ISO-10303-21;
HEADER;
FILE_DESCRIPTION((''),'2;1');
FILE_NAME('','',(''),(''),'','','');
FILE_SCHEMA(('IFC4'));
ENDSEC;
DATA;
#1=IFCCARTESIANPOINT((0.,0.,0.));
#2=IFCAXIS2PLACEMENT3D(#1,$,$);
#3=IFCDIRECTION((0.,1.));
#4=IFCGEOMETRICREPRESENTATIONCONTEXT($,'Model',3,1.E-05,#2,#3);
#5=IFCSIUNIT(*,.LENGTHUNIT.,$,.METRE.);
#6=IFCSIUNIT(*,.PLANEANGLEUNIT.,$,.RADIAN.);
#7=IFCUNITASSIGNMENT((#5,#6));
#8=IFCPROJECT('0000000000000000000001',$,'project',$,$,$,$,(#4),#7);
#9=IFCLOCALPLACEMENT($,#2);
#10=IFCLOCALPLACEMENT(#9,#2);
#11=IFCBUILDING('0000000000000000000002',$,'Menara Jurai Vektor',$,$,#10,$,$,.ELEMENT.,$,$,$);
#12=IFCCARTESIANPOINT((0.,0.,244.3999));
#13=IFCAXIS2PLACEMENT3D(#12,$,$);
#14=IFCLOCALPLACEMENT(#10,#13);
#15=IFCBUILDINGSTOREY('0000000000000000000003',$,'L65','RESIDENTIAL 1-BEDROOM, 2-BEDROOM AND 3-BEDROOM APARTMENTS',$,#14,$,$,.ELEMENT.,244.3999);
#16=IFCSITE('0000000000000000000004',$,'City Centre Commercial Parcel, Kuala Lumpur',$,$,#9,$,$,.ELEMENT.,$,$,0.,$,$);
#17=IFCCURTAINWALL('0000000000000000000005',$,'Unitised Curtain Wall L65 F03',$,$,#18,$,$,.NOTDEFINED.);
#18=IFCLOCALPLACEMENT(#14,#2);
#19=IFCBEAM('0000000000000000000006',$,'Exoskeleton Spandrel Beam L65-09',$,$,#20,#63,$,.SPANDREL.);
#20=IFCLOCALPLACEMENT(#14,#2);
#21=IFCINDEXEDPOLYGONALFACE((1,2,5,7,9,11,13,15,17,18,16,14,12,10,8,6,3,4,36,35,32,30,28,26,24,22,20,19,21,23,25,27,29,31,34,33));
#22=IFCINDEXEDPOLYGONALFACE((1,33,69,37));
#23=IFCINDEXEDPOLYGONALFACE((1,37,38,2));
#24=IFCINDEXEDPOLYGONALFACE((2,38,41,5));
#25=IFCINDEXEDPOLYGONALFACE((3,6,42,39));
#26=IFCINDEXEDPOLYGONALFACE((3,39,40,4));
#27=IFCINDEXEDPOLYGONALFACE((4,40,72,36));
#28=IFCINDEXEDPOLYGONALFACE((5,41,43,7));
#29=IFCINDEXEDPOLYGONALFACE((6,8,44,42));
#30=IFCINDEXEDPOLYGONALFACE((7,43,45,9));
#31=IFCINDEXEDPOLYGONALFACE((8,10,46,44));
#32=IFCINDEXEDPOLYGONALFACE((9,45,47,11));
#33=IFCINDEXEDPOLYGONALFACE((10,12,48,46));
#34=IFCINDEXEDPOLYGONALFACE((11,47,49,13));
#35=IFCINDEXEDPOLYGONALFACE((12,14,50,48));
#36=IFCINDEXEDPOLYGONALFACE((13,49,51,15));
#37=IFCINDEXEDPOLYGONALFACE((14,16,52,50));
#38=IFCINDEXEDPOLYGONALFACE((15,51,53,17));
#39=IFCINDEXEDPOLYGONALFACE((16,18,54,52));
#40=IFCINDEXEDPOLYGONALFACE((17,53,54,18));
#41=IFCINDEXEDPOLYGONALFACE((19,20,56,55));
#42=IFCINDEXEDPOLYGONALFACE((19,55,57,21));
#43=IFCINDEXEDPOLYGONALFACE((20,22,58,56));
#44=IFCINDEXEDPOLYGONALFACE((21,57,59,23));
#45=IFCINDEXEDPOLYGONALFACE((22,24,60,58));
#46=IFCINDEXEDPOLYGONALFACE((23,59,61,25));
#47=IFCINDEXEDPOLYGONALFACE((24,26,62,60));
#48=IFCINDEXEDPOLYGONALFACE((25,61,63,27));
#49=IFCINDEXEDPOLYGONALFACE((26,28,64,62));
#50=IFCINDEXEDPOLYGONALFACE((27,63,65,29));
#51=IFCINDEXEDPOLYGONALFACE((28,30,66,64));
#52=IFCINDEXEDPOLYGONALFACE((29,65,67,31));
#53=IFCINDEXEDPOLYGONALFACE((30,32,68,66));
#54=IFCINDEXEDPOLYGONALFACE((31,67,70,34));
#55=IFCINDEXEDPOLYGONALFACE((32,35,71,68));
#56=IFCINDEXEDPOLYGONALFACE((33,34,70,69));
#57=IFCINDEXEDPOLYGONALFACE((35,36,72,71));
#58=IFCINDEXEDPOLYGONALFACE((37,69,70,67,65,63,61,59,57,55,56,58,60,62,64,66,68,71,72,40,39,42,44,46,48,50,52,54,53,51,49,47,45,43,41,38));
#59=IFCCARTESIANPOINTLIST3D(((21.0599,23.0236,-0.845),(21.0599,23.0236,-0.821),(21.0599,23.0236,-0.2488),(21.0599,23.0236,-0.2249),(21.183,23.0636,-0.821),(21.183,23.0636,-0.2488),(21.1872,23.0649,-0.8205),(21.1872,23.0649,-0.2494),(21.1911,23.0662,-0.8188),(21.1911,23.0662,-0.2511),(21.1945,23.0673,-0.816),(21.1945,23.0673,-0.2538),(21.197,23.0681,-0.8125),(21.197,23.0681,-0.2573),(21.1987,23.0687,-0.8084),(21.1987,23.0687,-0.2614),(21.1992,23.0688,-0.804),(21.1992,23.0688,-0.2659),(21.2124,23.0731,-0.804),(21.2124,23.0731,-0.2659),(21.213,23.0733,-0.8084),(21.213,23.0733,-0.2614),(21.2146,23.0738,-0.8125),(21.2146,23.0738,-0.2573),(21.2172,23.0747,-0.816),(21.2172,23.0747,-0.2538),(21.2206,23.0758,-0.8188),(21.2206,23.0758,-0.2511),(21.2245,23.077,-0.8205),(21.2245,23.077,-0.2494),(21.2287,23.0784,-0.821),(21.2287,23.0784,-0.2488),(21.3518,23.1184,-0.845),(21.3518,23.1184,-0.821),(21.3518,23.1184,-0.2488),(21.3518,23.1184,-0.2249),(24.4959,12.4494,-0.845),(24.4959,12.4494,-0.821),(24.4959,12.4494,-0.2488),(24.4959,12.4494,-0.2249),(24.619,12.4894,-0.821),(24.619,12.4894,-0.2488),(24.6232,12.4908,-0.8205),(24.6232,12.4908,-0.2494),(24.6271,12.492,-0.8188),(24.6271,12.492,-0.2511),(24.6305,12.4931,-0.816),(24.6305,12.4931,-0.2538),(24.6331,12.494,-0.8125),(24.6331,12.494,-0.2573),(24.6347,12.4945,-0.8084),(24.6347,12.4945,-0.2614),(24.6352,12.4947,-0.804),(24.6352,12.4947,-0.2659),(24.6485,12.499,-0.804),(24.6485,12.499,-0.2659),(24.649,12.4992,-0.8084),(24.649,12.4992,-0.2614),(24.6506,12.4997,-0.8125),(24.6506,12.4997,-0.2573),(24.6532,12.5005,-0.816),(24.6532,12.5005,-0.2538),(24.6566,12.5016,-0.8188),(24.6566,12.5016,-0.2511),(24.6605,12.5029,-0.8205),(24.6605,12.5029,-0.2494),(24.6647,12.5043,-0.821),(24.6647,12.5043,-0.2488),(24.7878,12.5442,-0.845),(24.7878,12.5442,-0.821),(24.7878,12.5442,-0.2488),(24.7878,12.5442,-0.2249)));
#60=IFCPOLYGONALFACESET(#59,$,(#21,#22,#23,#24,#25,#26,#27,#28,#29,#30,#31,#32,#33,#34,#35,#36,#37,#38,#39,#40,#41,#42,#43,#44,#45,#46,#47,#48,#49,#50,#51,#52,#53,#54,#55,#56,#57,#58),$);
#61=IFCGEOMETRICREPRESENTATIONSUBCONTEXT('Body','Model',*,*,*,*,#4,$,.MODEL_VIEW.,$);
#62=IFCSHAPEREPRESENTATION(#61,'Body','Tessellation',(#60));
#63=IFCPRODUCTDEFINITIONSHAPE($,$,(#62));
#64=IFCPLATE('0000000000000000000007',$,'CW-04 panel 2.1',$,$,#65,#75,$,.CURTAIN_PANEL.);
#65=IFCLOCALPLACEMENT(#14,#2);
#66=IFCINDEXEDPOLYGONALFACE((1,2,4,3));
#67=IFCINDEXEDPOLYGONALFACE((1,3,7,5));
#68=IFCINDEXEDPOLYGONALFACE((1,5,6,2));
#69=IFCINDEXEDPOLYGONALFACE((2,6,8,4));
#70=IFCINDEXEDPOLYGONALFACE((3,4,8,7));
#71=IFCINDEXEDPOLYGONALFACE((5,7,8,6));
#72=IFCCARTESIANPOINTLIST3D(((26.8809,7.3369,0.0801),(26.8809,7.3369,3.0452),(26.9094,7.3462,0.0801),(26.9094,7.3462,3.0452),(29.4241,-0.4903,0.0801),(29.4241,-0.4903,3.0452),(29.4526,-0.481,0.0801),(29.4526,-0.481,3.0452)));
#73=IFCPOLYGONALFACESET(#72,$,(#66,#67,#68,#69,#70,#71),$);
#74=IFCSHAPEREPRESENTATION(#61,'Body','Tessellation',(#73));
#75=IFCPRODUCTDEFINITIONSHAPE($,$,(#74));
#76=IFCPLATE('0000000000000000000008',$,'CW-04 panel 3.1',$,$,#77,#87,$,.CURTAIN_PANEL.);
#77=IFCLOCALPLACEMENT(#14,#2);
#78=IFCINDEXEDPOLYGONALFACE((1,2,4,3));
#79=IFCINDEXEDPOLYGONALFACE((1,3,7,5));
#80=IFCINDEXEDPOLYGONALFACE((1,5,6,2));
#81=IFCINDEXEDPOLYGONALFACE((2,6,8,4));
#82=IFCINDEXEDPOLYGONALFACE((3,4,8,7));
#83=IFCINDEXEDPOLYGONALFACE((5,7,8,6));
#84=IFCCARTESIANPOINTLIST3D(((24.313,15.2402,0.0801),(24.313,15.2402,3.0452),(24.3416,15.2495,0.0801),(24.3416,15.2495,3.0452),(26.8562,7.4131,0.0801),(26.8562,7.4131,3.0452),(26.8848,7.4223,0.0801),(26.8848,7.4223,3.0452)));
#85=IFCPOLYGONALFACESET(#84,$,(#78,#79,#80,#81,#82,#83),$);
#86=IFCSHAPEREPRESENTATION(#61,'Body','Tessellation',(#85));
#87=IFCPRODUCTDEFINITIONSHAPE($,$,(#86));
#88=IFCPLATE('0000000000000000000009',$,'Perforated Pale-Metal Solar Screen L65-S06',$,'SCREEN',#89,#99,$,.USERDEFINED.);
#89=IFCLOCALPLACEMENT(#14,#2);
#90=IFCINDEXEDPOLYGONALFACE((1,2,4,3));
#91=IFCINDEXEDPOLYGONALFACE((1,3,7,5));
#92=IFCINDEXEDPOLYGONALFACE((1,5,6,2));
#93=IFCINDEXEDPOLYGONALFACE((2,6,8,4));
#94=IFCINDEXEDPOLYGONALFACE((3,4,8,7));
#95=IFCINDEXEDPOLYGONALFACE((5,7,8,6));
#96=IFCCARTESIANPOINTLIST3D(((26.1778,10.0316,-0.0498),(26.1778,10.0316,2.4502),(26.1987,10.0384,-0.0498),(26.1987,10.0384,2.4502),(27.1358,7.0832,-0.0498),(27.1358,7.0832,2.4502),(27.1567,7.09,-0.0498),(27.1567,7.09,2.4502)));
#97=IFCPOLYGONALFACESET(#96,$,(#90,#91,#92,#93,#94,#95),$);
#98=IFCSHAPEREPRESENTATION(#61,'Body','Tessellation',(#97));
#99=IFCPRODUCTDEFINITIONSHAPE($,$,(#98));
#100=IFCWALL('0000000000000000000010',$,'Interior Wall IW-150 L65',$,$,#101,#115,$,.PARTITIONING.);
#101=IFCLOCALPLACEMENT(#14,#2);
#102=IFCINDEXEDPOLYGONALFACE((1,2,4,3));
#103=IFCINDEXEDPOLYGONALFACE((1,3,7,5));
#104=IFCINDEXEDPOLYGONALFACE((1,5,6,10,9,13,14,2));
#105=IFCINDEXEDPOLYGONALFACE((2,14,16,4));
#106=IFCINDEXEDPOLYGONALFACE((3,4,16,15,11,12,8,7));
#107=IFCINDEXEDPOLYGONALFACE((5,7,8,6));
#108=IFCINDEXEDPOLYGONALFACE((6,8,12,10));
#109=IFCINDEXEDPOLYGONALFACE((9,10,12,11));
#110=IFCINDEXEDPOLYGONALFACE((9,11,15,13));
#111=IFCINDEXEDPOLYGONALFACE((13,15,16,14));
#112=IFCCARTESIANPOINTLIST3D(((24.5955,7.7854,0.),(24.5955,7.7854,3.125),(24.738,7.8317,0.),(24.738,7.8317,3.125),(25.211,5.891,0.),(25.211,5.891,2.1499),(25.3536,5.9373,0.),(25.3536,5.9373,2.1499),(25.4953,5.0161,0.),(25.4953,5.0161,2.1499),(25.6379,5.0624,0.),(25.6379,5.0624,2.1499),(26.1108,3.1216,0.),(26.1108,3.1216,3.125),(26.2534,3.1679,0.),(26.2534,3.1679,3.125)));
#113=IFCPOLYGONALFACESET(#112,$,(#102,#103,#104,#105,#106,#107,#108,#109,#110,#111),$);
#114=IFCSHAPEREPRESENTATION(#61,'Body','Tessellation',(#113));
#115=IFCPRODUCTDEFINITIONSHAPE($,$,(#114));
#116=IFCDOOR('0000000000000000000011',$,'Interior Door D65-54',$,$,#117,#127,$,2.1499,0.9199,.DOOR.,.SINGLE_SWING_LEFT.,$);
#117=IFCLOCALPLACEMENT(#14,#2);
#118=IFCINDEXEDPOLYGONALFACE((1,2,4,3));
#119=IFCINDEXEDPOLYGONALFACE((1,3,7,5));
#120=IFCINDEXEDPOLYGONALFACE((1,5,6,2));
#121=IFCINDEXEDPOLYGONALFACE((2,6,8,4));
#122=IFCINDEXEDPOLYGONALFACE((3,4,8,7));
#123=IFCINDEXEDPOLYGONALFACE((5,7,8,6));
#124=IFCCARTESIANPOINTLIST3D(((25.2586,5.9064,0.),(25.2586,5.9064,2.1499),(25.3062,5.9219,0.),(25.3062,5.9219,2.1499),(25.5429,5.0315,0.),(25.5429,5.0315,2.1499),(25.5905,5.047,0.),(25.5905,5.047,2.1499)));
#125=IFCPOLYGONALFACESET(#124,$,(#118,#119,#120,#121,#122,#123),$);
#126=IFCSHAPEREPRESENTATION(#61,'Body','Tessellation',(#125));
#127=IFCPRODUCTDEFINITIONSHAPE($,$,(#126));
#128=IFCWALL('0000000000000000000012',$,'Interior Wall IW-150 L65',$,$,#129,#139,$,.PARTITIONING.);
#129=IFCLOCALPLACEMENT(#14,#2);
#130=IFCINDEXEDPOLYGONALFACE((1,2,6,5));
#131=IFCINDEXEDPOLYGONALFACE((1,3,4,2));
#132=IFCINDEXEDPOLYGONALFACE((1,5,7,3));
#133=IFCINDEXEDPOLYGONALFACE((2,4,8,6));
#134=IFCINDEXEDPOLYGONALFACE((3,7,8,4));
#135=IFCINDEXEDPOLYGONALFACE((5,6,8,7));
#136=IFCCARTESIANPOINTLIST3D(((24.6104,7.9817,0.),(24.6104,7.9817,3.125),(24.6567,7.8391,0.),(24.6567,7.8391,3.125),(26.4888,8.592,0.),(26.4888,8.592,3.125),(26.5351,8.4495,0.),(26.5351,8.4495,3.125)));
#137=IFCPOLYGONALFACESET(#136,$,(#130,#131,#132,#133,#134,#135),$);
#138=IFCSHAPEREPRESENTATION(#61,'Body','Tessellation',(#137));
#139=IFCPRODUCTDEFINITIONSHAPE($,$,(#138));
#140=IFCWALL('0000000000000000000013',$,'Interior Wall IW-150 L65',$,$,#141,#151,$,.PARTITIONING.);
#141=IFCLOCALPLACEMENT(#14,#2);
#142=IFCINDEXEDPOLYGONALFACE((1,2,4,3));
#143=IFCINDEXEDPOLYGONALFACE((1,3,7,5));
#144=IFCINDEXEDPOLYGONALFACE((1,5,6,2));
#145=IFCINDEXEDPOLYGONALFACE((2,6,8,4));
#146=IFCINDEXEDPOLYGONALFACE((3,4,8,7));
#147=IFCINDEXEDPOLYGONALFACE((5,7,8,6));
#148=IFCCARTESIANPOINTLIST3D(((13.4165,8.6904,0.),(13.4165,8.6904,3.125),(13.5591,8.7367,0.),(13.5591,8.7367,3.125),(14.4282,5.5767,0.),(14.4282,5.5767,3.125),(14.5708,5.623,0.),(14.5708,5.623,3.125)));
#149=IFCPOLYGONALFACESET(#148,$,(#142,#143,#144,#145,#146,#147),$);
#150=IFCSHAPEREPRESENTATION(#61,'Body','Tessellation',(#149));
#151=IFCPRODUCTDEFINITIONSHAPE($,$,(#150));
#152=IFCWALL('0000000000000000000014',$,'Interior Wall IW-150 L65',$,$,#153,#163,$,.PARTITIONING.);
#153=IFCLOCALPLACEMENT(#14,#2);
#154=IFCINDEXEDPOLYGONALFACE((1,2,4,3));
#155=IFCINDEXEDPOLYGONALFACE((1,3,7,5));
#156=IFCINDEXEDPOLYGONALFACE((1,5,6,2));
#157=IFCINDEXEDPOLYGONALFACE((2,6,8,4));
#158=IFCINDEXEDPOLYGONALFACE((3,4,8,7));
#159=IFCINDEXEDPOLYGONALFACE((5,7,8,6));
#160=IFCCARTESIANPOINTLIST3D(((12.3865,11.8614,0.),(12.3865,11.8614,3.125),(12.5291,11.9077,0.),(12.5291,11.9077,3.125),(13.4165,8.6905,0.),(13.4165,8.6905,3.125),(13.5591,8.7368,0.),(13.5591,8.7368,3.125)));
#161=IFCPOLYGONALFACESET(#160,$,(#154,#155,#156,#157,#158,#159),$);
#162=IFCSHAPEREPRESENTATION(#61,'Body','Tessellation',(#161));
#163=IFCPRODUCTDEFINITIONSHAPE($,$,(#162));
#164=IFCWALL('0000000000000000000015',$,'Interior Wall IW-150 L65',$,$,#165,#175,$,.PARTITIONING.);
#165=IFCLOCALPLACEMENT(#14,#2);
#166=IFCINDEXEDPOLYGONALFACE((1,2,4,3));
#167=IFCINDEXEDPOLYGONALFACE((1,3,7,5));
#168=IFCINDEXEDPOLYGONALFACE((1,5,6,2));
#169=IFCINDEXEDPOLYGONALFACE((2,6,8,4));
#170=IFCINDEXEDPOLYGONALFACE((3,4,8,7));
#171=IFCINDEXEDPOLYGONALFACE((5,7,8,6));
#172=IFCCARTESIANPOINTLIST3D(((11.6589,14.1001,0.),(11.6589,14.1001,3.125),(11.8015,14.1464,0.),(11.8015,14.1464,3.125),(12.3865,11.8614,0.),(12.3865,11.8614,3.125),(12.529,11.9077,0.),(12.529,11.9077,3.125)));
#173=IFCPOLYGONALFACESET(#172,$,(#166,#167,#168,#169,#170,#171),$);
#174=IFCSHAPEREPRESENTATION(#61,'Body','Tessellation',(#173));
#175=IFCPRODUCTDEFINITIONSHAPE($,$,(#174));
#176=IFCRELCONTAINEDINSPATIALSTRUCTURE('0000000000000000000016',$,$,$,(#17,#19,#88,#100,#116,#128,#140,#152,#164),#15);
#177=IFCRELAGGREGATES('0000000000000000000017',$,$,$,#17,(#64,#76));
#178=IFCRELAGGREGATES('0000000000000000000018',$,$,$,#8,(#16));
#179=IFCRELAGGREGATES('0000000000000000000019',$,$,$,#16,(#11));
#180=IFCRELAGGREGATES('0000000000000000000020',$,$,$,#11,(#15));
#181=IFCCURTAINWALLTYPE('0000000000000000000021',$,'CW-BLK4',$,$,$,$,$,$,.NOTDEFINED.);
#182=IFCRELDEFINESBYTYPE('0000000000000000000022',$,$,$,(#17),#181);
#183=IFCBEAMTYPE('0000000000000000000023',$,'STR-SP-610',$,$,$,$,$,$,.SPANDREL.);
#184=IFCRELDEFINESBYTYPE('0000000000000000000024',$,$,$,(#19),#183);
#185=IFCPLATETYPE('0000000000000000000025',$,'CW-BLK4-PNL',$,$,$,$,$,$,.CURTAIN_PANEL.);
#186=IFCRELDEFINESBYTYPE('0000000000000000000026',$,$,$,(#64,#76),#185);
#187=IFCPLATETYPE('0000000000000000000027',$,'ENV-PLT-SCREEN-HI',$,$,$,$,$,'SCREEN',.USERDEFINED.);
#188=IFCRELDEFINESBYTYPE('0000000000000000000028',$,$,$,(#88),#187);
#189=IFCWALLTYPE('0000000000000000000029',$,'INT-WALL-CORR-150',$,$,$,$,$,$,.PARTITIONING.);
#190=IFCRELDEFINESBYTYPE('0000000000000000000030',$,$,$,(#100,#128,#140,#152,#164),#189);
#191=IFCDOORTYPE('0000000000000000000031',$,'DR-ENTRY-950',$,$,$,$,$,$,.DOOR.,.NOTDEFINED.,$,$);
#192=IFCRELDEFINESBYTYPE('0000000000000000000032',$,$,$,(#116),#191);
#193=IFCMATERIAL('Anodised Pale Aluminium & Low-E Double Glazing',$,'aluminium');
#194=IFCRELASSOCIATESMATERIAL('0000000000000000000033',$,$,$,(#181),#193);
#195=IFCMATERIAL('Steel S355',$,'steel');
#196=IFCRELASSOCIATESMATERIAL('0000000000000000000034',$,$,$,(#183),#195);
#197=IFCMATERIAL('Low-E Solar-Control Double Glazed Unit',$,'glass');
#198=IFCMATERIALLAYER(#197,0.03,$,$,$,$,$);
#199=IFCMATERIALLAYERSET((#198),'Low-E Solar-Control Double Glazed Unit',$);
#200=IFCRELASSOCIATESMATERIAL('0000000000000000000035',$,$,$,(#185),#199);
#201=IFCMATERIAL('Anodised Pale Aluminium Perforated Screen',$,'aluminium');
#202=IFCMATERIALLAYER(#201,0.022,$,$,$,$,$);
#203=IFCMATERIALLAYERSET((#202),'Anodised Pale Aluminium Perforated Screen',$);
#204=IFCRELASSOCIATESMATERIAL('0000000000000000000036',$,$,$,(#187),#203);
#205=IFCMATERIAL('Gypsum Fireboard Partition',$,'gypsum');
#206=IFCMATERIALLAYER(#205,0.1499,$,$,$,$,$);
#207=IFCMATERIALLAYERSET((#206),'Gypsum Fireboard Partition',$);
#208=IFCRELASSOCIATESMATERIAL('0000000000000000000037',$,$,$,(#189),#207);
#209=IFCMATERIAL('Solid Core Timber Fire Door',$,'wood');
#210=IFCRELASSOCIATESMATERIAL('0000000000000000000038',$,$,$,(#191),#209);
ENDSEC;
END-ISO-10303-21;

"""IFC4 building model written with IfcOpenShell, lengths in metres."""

from ifc_helpers import new_model, si_unit, direction, frame, frame_2d, origin, origin_2d, place, context, subcontext, project, spatial, rectangle, i_section, extrude, material, layer, layer_set, material_profile, profile_set, type_object, element, fill, aggregate, save


model = new_model("IFC4")

# Units and contexts
model_context = context("Model", 3, precision=1e-05, world=origin(), true_north=direction((0.0, 1.0)))
body_context = subcontext(model_context, "Body", "Model", "MODEL_VIEW")
ifc_project = project(units=[si_unit("LENGTHUNIT", "METRE"), si_unit("PLANEANGLEUNIT", "RADIAN")], contexts=[model_context])

# Site, building, storey
site_placement = place(None, origin())
site = spatial("IfcSite", under=ifc_project, at=site_placement, Name="City Centre Commercial Parcel, Kuala Lumpur", CompositionType="ELEMENT", RefElevation=0.0)
building_placement = place(site_placement, origin())
building = spatial("IfcBuilding", under=site, at=building_placement, Name="Menara Jurai Vektor", CompositionType="ELEMENT")
storey_placement = place(building_placement, frame((0.0, 0.0, 244.3999)))
storey = spatial("IfcBuildingStorey", under=building, at=storey_placement, Name="L65", Description="RESIDENTIAL 1-BEDROOM, 2-BEDROOM AND 3-BEDROOM APARTMENTS", CompositionType="ELEMENT", Elevation=244.3999)

# Curtain wall
ifc_material_1 = material(Name="Anodised Pale Aluminium & Low-E Double Glazing", Category="aluminium")
curtain_wall_type = type_object("IfcCurtainWallType", Name="CW-BLK4", PredefinedType="NOTDEFINED", material=ifc_material_1)
curtain_wall_placement = place(storey_placement, origin())
curtain_wall = element("IfcCurtainWall", 1, at=curtain_wall_placement, inside=storey, type_object=curtain_wall_type, Name="Unitised Curtain Wall L65 F03", PredefinedType="NOTDEFINED")

# Beam
ifc_material_2 = material(Name="Steel S355", Category="steel")
ifc_material_profile_1 = material_profile(ifc_material_2, i_section(OverallWidth=0.3069, OverallDepth=0.6201, WebThickness=0.0139, FlangeThickness=0.0239, FilletRadius=0.0171, at=origin_2d()), Name="UKB 610x305x179")
ifc_profile_set_1 = profile_set([ifc_material_profile_1], Name="Steel S355")
beam_type_1 = type_object("IfcBeamType", Name="STR-SP-610", PredefinedType="SPANDREL", material=ifc_profile_set_1)
beam_1_placement = place(storey_placement, frame((24.6418, 12.4968, -0.5349), z_axis=(-0.309038, 0.95105, 0.0), x_axis=(-0.95105, -0.309038, 0.0)))
element("IfcBeam", 2, at=beam_1_placement, inside=storey, type_object=beam_type_1, Name="Exoskeleton Spandrel Beam L65-09", PredefinedType="SPANDREL", context=body_context, shape_type="SweptSolid", body=[
    extrude(i_section(OverallWidth=0.3069, OverallDepth=0.6201, WebThickness=0.0139, FlangeThickness=0.0239, FilletRadius=0.0171, at=origin_2d()), origin(), (0.0, 0.0, 1.0), 11.1184),
])

# Plates
ifc_material_3 = material(Name="Low-E Solar-Control Double Glazed Unit", Category="glass")
ifc_layer_1 = layer(ifc_material_3, 0.03)
ifc_layer_set_1 = layer_set([ifc_layer_1], Name="Low-E Solar-Control Double Glazed Unit")
plate_type_1 = type_object("IfcPlateType", Name="CW-BLK4-PNL", PredefinedType="CURTAIN_PANEL", material=ifc_layer_set_1)
plate_1_placement = place(storey_placement, frame((28.1667, 3.428, 0.0801), z_axis=(0.0, 0.0, 1.0), x_axis=(-0.309016, 0.951057, 0.0)))
plate_1 = element("IfcPlate", 3, at=plate_1_placement, type_object=plate_type_1, Name="CW-04 panel 2.1", PredefinedType="CURTAIN_PANEL", context=body_context, shape_type="SweptSolid", body=[
    extrude(rectangle(XDim=8.23, YDim=0.03, at=origin_2d()), origin(), (0.0, 0.0, 1.0), 2.9651),
])
plate_2_placement = place(storey_placement, frame((25.5989, 11.3313, 0.0801), z_axis=(0.0, 0.0, 1.0), x_axis=(-0.309016, 0.951057, 0.0)))
plate_2 = element("IfcPlate", 4, at=plate_2_placement, type_object=plate_type_1, Name="CW-04 panel 3.1", PredefinedType="CURTAIN_PANEL", context=body_context, shape_type="SweptSolid", body=[
    extrude(rectangle(XDim=8.23, YDim=0.03, at=origin_2d()), origin(), (0.0, 0.0, 1.0), 2.9651),
])
aggregate(curtain_wall, [plate_1, plate_2])
ifc_material_4 = material(Name="Anodised Pale Aluminium Perforated Screen", Category="aluminium")
ifc_layer_2 = layer(ifc_material_4, 0.022)
ifc_layer_set_2 = layer_set([ifc_layer_2], Name="Anodised Pale Aluminium Perforated Screen")
plate_type_2 = type_object("IfcPlateType", Name="ENV-PLT-SCREEN-HI", ElementType="SCREEN", PredefinedType="USERDEFINED", material=ifc_layer_set_2)
plate_3_placement = place(storey_placement, frame((26.6672, 8.5608, -0.0498), z_axis=(0.0, 0.0, 1.0), x_axis=(-0.309017, 0.951057, 0.0)))
element("IfcPlate", 5, at=plate_3_placement, inside=storey, type_object=plate_type_2, Name="Perforated Pale-Metal Solar Screen L65-S06", ObjectType="SCREEN", PredefinedType="USERDEFINED", context=body_context, shape_type="SweptSolid", body=[
    extrude(rectangle(XDim=3.1001, YDim=0.022, at=origin_2d()), origin(), (0.0, 0.0, 1.0), 2.5),
])

# Wall, opening, door
ifc_material_5 = material(Name="Gypsum Fireboard Partition", Category="gypsum")
ifc_layer_3 = layer(ifc_material_5, 0.1499)
ifc_layer_set_3 = layer_set([ifc_layer_3], Name="Gypsum Fireboard Partition")
wall_type = type_object("IfcWallType", Name="INT-WALL-CORR-150", PredefinedType="PARTITIONING", material=ifc_layer_set_3)
wall_1_placement = place(storey_placement, frame((26.1821, 3.1448, 0.0), z_axis=(0.0, 0.0, 1.0), x_axis=(-0.30902, 0.951056, 0.0)))
wall_1 = element("IfcWall", 6, at=wall_1_placement, inside=storey, type_object=wall_type, Name="Interior Wall IW-150 L65", PredefinedType="PARTITIONING", context=body_context, shape_type="SweptSolid", body=[
    extrude(rectangle(XDim=4.9038, YDim=0.1499, at=frame_2d((2.4519, 0.0))), origin(), (0.0, 0.0, 1.0), 3.125),
])
opening_1_placement = place(wall_1_placement, frame((1.9919, 0.0, 0.0)))
opening_1 = element("IfcOpeningElement", 7, at=opening_1_placement, cuts=wall_1, PredefinedType="OPENING", context=body_context, shape_type="SweptSolid", body=[
    extrude(rectangle(XDim=0.9199, YDim=2.1499, at=frame_2d((0.46, 1.075))), frame((0.0, 0.085, 0.0), z_axis=(0.0, -1.0, 0.0), x_axis=(1.0, 0.0, 0.0)), (0.0, 0.0, 1.0), 0.1699),
])
ifc_material_6 = material(Name="Solid Core Timber Fire Door", Category="wood")
door_type = type_object("IfcDoorType", Name="DR-ENTRY-950", OperationType="NOTDEFINED", PredefinedType="DOOR", material=ifc_material_6)
door_1_placement = place(opening_1_placement, origin())
door_1 = element("IfcDoor", 8, at=door_1_placement, inside=storey, type_object=door_type, Name="Interior Door D65-54", OperationType="SINGLE_SWING_LEFT", OverallHeight=2.1499, OverallWidth=0.9199, PredefinedType="DOOR", context=body_context, shape_type="SweptSolid", body=[
    extrude(rectangle(XDim=0.9199, YDim=2.1499, at=frame_2d((0.46, 1.075))), frame((0.0, 0.0249, 0.0), z_axis=(0.0, -1.0, 0.0), x_axis=(1.0, 0.0, 0.0)), (0.0, 0.0, 1.0), 0.05),
])
fill(opening_1, door_1)

# Walls
wall_2_placement = place(storey_placement, frame((24.6335, 7.9104, 0.0), z_axis=(0.0, 0.0, 1.0), x_axis=(0.951054, 0.309025, 0.0)))
element("IfcWall", 9, at=wall_2_placement, inside=storey, type_object=wall_type, Name="Interior Wall IW-150 L65", PredefinedType="PARTITIONING", context=body_context, shape_type="SweptSolid", body=[
    extrude(rectangle(XDim=1.9751, YDim=0.1499, at=frame_2d((0.9875, 0.0))), origin(), (0.0, 0.0, 1.0), 3.125),
])
wall_3_placement = place(storey_placement, frame((14.4995, 5.5999, 0.0), z_axis=(0.0, 0.0, 1.0), x_axis=(-0.309015, 0.951057, 0.0)))
element("IfcWall", 10, at=wall_3_placement, inside=storey, type_object=wall_type, Name="Interior Wall IW-150 L65", PredefinedType="PARTITIONING", context=body_context, shape_type="SweptSolid", body=[
    extrude(rectangle(XDim=3.2739, YDim=0.1499, at=frame_2d((1.637, 0.0))), origin(), (0.0, 0.0, 1.0), 3.125),
])
wall_4_placement = place(storey_placement, frame((13.4878, 8.7136, 0.0), z_axis=(0.0, 0.0, 1.0), x_axis=(-0.308947, 0.951079, 0.0)))
element("IfcWall", 11, at=wall_4_placement, inside=storey, type_object=wall_type, Name="Interior Wall IW-150 L65", PredefinedType="PARTITIONING", context=body_context, shape_type="SweptSolid", body=[
    extrude(rectangle(XDim=3.334, YDim=0.1499, at=frame_2d((1.667, 0.0))), origin(), (0.0, 0.0, 1.0), 3.125),
])
wall_5_placement = place(storey_placement, frame((12.4578, 11.8845, 0.0), z_axis=(0.0, 0.0, 1.0), x_axis=(-0.309063, 0.951042, 0.0)))
element("IfcWall", 12, at=wall_5_placement, inside=storey, type_object=wall_type, Name="Interior Wall IW-150 L65", PredefinedType="PARTITIONING", context=body_context, shape_type="SweptSolid", body=[
    extrude(rectangle(XDim=2.354, YDim=0.1499, at=frame_2d((1.177, 0.0))), origin(), (0.0, 0.0, 1.0), 3.125),
])

save(model, "model.ifc")
